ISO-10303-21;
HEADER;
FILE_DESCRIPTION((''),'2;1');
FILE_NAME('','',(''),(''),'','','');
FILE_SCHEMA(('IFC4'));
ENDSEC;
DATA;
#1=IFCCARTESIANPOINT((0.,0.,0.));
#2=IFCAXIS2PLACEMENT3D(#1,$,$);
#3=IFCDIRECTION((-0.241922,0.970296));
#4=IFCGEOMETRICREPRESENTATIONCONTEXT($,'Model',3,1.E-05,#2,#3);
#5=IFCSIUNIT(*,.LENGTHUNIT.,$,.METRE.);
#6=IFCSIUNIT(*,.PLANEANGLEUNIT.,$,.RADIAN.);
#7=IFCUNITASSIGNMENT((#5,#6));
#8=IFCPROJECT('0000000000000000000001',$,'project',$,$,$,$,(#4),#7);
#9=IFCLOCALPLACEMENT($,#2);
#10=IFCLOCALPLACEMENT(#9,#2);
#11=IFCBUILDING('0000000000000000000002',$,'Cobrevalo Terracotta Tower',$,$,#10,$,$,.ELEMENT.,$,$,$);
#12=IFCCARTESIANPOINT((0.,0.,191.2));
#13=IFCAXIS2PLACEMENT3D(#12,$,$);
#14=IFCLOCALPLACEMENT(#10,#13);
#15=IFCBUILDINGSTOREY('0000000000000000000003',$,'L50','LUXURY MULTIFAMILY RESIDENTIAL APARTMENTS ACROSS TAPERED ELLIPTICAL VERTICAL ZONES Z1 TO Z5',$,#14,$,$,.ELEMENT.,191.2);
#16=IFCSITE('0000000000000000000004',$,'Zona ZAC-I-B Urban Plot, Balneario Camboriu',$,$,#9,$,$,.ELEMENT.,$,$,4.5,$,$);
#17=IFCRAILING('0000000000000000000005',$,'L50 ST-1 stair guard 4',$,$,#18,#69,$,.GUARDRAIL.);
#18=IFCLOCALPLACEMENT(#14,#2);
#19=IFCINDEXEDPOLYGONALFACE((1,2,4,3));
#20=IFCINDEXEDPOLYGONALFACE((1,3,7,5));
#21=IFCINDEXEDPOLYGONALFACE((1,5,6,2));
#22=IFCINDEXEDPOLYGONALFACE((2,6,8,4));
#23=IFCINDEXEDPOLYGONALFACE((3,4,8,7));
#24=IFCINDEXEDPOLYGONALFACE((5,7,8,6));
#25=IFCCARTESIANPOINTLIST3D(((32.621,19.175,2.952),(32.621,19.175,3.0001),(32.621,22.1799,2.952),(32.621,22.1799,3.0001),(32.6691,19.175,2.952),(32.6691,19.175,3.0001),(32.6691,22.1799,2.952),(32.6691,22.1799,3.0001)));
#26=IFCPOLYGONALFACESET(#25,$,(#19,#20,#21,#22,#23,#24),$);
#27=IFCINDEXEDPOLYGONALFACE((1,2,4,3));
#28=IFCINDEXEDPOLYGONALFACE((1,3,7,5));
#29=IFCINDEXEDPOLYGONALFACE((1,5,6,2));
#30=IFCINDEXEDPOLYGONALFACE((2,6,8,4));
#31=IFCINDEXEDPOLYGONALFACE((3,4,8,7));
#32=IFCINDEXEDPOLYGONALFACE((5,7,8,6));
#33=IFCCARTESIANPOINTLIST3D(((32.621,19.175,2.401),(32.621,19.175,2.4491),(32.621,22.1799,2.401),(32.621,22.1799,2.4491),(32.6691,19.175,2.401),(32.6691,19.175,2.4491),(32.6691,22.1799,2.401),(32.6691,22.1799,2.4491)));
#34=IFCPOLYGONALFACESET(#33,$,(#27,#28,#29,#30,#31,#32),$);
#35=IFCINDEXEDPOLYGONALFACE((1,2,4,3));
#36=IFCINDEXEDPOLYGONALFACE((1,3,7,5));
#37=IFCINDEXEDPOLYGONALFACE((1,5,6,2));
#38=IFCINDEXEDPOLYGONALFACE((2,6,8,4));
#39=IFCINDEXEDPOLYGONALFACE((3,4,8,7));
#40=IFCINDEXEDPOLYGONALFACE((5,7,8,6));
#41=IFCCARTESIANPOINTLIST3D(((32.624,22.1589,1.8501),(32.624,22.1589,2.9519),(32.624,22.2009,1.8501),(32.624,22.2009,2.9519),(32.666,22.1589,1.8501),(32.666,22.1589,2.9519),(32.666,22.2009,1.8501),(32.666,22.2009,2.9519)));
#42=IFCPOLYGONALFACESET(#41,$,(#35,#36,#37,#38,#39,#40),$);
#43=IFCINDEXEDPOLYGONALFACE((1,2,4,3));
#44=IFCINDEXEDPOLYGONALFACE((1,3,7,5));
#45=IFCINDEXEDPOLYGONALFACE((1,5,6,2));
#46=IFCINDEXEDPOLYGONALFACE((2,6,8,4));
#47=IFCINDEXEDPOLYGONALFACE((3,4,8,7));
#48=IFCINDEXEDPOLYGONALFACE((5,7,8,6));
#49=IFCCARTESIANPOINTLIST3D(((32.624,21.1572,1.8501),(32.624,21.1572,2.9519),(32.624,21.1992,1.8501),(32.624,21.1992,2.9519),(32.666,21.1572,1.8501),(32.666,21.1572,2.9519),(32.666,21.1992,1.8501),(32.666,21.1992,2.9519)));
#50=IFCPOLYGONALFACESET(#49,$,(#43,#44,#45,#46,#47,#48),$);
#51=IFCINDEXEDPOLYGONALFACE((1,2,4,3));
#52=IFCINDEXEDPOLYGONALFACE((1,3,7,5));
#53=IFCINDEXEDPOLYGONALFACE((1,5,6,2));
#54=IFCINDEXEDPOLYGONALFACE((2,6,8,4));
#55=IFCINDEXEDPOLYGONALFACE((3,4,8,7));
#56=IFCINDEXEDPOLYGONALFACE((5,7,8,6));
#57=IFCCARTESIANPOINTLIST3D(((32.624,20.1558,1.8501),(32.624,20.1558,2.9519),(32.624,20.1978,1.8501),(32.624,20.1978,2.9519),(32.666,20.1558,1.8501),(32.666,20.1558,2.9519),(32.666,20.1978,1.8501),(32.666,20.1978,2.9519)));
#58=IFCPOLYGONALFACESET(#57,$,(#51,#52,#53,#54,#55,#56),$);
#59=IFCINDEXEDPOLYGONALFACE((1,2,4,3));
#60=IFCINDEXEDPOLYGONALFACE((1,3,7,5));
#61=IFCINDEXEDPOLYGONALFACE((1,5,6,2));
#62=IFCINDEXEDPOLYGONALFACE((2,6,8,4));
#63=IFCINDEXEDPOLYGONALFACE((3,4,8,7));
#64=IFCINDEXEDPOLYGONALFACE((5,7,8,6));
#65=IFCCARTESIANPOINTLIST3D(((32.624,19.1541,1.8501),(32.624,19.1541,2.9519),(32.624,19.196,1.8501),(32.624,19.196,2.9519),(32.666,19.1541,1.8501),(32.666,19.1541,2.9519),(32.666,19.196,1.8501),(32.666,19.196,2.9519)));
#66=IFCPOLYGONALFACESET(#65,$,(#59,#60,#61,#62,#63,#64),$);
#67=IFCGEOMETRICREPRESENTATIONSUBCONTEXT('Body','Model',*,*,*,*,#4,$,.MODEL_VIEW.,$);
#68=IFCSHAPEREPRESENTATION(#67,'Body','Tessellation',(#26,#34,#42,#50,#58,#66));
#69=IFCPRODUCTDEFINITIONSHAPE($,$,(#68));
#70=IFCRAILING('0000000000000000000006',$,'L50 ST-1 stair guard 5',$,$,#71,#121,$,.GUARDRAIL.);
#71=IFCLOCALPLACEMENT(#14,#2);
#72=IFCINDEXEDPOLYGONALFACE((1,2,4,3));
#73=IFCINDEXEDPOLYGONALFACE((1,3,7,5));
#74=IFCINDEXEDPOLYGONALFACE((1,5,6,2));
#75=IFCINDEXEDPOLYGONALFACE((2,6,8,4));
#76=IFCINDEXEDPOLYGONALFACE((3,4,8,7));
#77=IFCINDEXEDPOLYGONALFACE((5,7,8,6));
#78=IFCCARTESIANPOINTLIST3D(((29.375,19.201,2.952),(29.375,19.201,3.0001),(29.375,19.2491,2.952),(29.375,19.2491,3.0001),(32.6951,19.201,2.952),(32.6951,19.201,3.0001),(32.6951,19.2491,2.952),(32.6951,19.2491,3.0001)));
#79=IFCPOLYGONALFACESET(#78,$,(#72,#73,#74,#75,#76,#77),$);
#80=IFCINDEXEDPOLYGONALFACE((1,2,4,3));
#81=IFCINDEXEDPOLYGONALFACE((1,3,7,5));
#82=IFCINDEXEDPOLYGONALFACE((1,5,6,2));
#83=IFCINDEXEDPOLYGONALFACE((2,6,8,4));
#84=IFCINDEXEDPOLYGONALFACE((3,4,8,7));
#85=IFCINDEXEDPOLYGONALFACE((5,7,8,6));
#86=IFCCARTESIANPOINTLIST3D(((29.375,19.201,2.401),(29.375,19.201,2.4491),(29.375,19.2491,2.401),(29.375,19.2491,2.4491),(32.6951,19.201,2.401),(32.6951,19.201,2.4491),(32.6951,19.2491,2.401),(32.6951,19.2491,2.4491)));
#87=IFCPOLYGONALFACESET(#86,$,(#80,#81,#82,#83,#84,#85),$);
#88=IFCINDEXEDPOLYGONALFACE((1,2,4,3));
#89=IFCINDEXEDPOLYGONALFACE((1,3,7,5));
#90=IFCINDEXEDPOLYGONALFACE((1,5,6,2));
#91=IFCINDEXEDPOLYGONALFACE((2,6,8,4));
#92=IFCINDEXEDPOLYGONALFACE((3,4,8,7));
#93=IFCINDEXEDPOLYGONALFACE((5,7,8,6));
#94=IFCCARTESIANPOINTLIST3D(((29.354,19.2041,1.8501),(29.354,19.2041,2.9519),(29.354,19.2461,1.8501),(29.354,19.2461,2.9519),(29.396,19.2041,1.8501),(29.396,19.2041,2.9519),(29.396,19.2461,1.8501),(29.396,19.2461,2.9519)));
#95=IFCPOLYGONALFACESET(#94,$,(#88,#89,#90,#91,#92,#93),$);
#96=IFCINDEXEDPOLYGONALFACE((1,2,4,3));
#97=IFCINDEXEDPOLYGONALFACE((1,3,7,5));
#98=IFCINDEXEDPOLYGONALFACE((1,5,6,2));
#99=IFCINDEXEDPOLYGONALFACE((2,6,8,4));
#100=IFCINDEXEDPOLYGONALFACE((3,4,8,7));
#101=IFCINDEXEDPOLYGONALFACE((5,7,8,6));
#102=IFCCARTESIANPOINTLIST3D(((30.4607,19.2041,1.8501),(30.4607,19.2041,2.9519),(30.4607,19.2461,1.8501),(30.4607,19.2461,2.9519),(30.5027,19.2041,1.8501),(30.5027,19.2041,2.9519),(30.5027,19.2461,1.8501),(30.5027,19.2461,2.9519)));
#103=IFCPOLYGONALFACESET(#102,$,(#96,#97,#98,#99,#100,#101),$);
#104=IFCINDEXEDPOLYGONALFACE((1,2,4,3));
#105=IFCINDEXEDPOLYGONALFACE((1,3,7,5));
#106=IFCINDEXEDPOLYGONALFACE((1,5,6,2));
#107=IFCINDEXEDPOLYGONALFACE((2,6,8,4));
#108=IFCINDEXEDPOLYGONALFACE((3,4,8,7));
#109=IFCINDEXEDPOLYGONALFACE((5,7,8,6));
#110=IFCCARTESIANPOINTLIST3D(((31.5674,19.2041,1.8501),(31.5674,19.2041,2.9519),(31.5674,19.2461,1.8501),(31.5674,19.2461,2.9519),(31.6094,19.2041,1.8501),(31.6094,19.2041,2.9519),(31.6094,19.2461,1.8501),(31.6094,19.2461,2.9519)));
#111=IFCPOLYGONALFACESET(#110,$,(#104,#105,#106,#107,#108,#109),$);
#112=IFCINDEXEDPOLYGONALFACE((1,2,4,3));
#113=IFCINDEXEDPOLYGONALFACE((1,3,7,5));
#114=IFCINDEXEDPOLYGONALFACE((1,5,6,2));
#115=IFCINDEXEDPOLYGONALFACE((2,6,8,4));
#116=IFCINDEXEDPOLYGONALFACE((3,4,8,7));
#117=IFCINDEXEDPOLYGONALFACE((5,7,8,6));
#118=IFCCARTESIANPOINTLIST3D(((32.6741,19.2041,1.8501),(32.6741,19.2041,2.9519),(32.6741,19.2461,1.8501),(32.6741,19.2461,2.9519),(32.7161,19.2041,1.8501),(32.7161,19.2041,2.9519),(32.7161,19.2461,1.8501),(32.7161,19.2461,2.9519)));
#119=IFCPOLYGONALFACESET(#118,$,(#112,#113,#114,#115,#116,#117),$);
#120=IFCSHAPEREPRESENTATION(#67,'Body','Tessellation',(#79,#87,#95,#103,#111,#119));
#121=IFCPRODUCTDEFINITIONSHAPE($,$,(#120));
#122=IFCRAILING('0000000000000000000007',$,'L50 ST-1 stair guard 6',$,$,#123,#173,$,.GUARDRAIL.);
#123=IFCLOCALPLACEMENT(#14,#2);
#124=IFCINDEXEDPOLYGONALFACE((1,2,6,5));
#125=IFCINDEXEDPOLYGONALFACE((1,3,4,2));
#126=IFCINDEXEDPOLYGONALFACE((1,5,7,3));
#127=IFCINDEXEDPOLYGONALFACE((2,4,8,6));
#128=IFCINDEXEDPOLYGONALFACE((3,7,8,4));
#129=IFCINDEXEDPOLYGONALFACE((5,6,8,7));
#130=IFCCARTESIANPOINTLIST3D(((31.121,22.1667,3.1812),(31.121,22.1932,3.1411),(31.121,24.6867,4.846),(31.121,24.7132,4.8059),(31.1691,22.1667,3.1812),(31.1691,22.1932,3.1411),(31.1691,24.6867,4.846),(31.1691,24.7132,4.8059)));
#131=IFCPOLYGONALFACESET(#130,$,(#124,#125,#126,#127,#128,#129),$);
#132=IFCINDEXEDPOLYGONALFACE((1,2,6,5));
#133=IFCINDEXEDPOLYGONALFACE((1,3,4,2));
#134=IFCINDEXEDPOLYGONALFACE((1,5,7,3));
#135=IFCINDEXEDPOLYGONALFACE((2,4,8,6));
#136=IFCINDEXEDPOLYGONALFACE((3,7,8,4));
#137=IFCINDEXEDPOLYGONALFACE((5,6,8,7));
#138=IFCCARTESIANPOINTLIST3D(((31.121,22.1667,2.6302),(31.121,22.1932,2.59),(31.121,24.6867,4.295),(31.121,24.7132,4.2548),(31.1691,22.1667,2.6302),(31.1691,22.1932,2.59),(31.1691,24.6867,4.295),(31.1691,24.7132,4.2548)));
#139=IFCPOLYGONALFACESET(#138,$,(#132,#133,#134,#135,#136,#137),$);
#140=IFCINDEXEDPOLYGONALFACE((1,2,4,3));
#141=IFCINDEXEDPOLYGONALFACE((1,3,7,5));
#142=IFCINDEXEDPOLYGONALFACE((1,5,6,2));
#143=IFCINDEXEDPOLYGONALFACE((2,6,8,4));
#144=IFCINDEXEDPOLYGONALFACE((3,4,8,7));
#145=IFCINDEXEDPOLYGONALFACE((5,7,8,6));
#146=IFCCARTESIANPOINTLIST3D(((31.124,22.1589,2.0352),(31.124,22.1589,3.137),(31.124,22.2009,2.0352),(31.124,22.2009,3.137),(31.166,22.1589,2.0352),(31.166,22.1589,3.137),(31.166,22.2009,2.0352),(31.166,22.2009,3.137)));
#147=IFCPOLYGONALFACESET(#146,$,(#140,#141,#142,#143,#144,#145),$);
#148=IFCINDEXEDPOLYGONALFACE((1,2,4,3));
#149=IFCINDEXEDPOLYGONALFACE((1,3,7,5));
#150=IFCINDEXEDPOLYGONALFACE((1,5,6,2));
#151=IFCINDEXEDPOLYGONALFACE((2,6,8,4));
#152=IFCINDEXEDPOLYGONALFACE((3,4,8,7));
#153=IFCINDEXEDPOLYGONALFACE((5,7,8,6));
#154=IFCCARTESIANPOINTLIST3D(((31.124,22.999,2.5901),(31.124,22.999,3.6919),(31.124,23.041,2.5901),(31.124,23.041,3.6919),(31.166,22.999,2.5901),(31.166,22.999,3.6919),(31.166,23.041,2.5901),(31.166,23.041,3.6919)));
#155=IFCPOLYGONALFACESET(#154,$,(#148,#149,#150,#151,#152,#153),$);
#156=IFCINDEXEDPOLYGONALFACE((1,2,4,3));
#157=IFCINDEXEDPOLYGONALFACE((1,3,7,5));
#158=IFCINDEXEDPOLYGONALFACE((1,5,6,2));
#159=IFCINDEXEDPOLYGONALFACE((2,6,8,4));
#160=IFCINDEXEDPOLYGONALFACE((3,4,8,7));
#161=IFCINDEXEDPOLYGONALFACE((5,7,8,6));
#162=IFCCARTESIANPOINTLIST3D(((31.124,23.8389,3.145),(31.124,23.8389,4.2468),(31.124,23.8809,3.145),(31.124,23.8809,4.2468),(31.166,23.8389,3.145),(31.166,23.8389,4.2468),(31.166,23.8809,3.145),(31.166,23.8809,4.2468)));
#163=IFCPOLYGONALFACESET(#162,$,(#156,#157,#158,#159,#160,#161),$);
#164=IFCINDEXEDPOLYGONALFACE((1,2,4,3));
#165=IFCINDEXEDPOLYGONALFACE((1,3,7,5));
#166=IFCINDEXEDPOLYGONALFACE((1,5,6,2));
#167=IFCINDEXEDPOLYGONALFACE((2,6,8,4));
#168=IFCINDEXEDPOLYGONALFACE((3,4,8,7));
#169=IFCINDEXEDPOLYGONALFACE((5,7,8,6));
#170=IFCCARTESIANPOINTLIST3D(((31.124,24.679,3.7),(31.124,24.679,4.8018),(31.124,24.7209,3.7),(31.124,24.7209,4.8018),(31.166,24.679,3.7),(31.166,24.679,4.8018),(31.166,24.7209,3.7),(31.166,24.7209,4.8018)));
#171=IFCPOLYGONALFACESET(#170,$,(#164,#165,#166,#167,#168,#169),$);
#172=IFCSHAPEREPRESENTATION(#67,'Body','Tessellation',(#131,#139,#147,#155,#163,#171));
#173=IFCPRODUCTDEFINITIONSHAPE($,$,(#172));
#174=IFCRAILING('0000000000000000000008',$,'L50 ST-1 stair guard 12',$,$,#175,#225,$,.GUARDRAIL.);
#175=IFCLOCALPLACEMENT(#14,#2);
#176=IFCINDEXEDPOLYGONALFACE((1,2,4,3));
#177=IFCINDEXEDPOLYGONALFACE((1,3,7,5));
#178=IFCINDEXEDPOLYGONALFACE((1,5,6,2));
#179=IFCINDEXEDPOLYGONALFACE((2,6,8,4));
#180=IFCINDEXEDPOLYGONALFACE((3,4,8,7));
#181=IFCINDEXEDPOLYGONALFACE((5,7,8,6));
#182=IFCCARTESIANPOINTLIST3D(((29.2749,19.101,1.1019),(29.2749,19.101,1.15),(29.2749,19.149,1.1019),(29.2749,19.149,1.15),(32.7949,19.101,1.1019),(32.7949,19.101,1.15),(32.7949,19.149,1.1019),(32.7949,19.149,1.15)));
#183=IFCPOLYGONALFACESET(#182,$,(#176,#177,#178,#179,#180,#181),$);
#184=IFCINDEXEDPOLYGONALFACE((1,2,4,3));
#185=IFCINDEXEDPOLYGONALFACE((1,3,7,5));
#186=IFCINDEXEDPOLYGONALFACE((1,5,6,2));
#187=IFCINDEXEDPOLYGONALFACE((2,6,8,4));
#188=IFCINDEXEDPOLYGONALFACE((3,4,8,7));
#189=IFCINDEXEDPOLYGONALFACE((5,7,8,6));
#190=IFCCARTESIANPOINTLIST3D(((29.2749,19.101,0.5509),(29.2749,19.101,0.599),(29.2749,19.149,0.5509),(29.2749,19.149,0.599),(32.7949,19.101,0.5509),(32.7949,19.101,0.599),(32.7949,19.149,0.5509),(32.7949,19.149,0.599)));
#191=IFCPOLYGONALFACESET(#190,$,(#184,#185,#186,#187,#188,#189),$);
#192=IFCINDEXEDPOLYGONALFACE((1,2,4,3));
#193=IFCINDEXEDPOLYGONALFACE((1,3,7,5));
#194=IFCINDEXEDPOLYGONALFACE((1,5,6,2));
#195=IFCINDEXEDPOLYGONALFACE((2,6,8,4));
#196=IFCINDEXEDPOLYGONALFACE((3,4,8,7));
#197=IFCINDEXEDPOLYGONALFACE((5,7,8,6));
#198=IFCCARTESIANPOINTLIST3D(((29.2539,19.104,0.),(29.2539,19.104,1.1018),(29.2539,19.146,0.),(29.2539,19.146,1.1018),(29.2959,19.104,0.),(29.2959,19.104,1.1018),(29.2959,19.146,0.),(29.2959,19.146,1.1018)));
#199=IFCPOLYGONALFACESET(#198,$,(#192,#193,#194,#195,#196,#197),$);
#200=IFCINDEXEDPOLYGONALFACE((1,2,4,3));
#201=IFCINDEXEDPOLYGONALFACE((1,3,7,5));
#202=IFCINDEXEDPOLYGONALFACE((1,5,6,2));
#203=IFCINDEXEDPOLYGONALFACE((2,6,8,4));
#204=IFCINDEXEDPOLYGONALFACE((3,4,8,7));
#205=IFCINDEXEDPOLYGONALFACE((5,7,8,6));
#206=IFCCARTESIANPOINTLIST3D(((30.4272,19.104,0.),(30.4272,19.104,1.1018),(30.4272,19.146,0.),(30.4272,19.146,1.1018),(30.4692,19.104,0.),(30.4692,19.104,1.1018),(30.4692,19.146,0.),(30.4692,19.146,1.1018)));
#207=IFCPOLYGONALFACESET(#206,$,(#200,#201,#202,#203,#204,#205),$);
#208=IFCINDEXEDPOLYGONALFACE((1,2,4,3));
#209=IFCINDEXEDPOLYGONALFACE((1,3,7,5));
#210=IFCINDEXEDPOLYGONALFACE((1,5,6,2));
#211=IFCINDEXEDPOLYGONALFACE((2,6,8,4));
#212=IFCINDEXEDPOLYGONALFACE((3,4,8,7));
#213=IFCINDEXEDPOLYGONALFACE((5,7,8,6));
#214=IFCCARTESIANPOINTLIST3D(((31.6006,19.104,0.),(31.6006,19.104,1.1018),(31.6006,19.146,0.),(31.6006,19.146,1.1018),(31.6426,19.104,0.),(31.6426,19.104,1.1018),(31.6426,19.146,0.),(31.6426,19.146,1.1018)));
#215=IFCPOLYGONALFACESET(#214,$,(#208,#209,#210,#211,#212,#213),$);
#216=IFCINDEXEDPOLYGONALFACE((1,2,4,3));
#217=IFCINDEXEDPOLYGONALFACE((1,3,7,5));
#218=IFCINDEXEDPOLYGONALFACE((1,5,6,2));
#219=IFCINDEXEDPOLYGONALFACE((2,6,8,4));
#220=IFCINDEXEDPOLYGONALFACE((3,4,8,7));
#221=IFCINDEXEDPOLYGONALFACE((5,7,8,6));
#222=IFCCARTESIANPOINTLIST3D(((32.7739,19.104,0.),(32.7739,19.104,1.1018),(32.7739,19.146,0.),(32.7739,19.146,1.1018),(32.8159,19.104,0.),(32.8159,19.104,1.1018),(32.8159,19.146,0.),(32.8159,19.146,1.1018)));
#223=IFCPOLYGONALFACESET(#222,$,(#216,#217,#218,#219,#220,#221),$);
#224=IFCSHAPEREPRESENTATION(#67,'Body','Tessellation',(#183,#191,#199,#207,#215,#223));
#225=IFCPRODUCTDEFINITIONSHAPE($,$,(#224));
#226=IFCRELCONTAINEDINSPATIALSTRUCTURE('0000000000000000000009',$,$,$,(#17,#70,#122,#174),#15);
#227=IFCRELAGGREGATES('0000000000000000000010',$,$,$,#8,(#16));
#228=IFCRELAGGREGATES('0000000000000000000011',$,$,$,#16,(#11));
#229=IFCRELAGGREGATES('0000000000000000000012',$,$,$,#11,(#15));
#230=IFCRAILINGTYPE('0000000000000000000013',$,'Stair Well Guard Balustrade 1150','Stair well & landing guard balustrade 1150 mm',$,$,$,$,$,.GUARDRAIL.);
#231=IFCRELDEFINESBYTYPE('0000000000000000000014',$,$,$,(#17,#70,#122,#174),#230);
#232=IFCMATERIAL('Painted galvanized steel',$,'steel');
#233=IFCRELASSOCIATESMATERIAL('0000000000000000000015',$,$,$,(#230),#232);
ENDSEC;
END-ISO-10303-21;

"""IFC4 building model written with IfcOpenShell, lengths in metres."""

from ifc_helpers import new_model, si_unit, direction, frame, origin, origin_2d, place, context, subcontext, project, spatial, rectangle, extrude, material, type_object, element, save


model = new_model("IFC4")

# Units and contexts
model_context = context("Model", 3, precision=1e-05, world=origin(), true_north=direction((-0.241922, 0.970296)))
body_context = subcontext(model_context, "Body", "Model", "MODEL_VIEW")
ifc_project = project(units=[si_unit("LENGTHUNIT", "METRE"), si_unit("PLANEANGLEUNIT", "RADIAN")], contexts=[model_context])

# Site, building, storey
site_placement = place(None, origin())
site = spatial("IfcSite", under=ifc_project, at=site_placement, Name="Zona ZAC-I-B Urban Plot, Balneario Camboriu", CompositionType="ELEMENT", RefElevation=4.5)
building_placement = place(site_placement, origin())
building = spatial("IfcBuilding", under=site, at=building_placement, Name="Cobrevalo Terracotta Tower", CompositionType="ELEMENT")
storey_placement = place(building_placement, frame((0.0, 0.0, 191.2)))
storey = spatial("IfcBuildingStorey", under=building, at=storey_placement, Name="L50", Description="LUXURY MULTIFAMILY RESIDENTIAL APARTMENTS ACROSS TAPERED ELLIPTICAL VERTICAL ZONES Z1 TO Z5", CompositionType="ELEMENT", Elevation=191.2)

# Railings
ifc_material_1 = material(Name="Painted galvanized steel", Category="steel")
railing_type_1 = type_object("IfcRailingType", Name="Stair Well Guard Balustrade 1150", Description="Stair well & landing guard balustrade 1150 mm", PredefinedType="GUARDRAIL", material=ifc_material_1)
for number, where, name in (
    (1, (32.645, 22.1799, 1.8501), "L50 ST-1 stair guard 4"),
):
    element("IfcRailing", number, at=place(storey_placement, frame(where)), inside=storey, type_object=railing_type_1, Name=name, PredefinedType="GUARDRAIL", context=body_context, shape_type="SweptSolid", body=[
        extrude(rectangle(XDim=0.0481, YDim=0.0481, at=origin_2d()), frame((0.0, 0.0, 1.126), z_axis=(0.0, -1.0, 0.0), x_axis=(1.0, 0.0, 0.0)), (0.0, 0.0, 1.0), 3.0049),
        extrude(rectangle(XDim=0.0481, YDim=0.0481, at=origin_2d()), frame((0.0, 0.0, 0.575), z_axis=(0.0, -1.0, 0.0), x_axis=(1.0, 0.0, 0.0)), (0.0, 0.0, 1.0), 3.0049),
        extrude(rectangle(XDim=0.042, YDim=0.042, at=origin_2d()), origin(), (0.0, 0.0, 1.0), 1.1018),
        extrude(rectangle(XDim=0.042, YDim=0.042, at=origin_2d()), frame((0.0, -1.0017, 0.0)), (0.0, 0.0, 1.0), 1.1018),
        extrude(rectangle(XDim=0.042, YDim=0.042, at=origin_2d()), frame((0.0, -2.0032, 0.0)), (0.0, 0.0, 1.0), 1.1018),
        extrude(rectangle(XDim=0.042, YDim=0.042, at=origin_2d()), frame((0.0, -3.0049, 0.0)), (0.0, 0.0, 1.0), 1.1018),
    ])
railing_1_placement = place(storey_placement, frame((29.375, 19.2251, 1.8501)))
element("IfcRailing", 2, at=railing_1_placement, inside=storey, type_object=railing_type_1, Name="L50 ST-1 stair guard 5", PredefinedType="GUARDRAIL", context=body_context, shape_type="SweptSolid", body=[
    extrude(rectangle(XDim=0.0481, YDim=0.0481, at=origin_2d()), frame((0.0, 0.0, 1.126), z_axis=(1.0, 0.0, 0.0), x_axis=(0.0, 1.0, 0.0)), (0.0, 0.0, 1.0), 3.3201),
    extrude(rectangle(XDim=0.0481, YDim=0.0481, at=origin_2d()), frame((0.0, 0.0, 0.575), z_axis=(1.0, 0.0, 0.0), x_axis=(0.0, 1.0, 0.0)), (0.0, 0.0, 1.0), 3.3201),
    extrude(rectangle(XDim=0.042, YDim=0.042, at=origin_2d()), origin(), (0.0, 0.0, 1.0), 1.1018),
    extrude(rectangle(XDim=0.042, YDim=0.042, at=origin_2d()), frame((1.1067, 0.0, 0.0)), (0.0, 0.0, 1.0), 1.1018),
    extrude(rectangle(XDim=0.042, YDim=0.042, at=origin_2d()), frame((2.2134, 0.0, 0.0)), (0.0, 0.0, 1.0), 1.1018),
    extrude(rectangle(XDim=0.042, YDim=0.042, at=origin_2d()), frame((3.3201, 0.0, 0.0)), (0.0, 0.0, 1.0), 1.1018),
])
railing_2_placement = place(storey_placement, frame((31.145, 22.1799, 2.0352)))
element("IfcRailing", 3, at=railing_2_placement, inside=storey, type_object=railing_type_1, Name="L50 ST-1 stair guard 6", PredefinedType="GUARDRAIL", context=body_context, shape_type="SweptSolid", body=[
    extrude(rectangle(XDim=0.0481, YDim=0.0481, at=origin_2d()), frame((0.0, 0.0, 1.126), z_axis=(0.0, 0.834369, 0.551207), x_axis=(-1.0, 0.0, 0.0)), (0.0, 0.0, 1.0), 3.0203),
    extrude(rectangle(XDim=0.0481, YDim=0.0481, at=origin_2d()), frame((0.0, 0.0, 0.575), z_axis=(0.0, 0.834369, 0.551207), x_axis=(-1.0, 0.0, 0.0)), (0.0, 0.0, 1.0), 3.0203),
    extrude(rectangle(XDim=0.042, YDim=0.042, at=origin_2d()), origin(), (0.0, 0.0, 1.0), 1.1018),
    extrude(rectangle(XDim=0.042, YDim=0.042, at=origin_2d()), frame((0.0, 0.8401, 0.5549)), (0.0, 0.0, 1.0), 1.1018),
    extrude(rectangle(XDim=0.042, YDim=0.042, at=origin_2d()), frame((0.0, 1.6799, 1.1099)), (0.0, 0.0, 1.0), 1.1018),
    extrude(rectangle(XDim=0.042, YDim=0.042, at=origin_2d()), frame((0.0, 2.52, 1.6648)), (0.0, 0.0, 1.0), 1.1018),
])
railing_3_placement = place(storey_placement, frame((29.2749, 19.125, 0.0)))
element("IfcRailing", 4, at=railing_3_placement, inside=storey, type_object=railing_type_1, Name="L50 ST-1 stair guard 12", PredefinedType="GUARDRAIL", context=body_context, shape_type="SweptSolid", body=[
    extrude(rectangle(XDim=0.0481, YDim=0.0481, at=origin_2d()), frame((0.0, 0.0, 1.126), z_axis=(1.0, 0.0, 0.0), x_axis=(0.0, 1.0, 0.0)), (0.0, 0.0, 1.0), 3.52),
    extrude(rectangle(XDim=0.0481, YDim=0.0481, at=origin_2d()), frame((0.0, 0.0, 0.575), z_axis=(1.0, 0.0, 0.0), x_axis=(0.0, 1.0, 0.0)), (0.0, 0.0, 1.0), 3.52),
    extrude(rectangle(XDim=0.042, YDim=0.042, at=origin_2d()), origin(), (0.0, 0.0, 1.0), 1.1018),
    extrude(rectangle(XDim=0.042, YDim=0.042, at=origin_2d()), frame((1.1733, 0.0, 0.0)), (0.0, 0.0, 1.0), 1.1018),
    extrude(rectangle(XDim=0.042, YDim=0.042, at=origin_2d()), frame((2.3467, 0.0, 0.0)), (0.0, 0.0, 1.0), 1.1018),
    extrude(rectangle(XDim=0.042, YDim=0.042, at=origin_2d()), frame((3.52, 0.0, 0.0)), (0.0, 0.0, 1.0), 1.1018),
])

save(model, "model.ifc")
